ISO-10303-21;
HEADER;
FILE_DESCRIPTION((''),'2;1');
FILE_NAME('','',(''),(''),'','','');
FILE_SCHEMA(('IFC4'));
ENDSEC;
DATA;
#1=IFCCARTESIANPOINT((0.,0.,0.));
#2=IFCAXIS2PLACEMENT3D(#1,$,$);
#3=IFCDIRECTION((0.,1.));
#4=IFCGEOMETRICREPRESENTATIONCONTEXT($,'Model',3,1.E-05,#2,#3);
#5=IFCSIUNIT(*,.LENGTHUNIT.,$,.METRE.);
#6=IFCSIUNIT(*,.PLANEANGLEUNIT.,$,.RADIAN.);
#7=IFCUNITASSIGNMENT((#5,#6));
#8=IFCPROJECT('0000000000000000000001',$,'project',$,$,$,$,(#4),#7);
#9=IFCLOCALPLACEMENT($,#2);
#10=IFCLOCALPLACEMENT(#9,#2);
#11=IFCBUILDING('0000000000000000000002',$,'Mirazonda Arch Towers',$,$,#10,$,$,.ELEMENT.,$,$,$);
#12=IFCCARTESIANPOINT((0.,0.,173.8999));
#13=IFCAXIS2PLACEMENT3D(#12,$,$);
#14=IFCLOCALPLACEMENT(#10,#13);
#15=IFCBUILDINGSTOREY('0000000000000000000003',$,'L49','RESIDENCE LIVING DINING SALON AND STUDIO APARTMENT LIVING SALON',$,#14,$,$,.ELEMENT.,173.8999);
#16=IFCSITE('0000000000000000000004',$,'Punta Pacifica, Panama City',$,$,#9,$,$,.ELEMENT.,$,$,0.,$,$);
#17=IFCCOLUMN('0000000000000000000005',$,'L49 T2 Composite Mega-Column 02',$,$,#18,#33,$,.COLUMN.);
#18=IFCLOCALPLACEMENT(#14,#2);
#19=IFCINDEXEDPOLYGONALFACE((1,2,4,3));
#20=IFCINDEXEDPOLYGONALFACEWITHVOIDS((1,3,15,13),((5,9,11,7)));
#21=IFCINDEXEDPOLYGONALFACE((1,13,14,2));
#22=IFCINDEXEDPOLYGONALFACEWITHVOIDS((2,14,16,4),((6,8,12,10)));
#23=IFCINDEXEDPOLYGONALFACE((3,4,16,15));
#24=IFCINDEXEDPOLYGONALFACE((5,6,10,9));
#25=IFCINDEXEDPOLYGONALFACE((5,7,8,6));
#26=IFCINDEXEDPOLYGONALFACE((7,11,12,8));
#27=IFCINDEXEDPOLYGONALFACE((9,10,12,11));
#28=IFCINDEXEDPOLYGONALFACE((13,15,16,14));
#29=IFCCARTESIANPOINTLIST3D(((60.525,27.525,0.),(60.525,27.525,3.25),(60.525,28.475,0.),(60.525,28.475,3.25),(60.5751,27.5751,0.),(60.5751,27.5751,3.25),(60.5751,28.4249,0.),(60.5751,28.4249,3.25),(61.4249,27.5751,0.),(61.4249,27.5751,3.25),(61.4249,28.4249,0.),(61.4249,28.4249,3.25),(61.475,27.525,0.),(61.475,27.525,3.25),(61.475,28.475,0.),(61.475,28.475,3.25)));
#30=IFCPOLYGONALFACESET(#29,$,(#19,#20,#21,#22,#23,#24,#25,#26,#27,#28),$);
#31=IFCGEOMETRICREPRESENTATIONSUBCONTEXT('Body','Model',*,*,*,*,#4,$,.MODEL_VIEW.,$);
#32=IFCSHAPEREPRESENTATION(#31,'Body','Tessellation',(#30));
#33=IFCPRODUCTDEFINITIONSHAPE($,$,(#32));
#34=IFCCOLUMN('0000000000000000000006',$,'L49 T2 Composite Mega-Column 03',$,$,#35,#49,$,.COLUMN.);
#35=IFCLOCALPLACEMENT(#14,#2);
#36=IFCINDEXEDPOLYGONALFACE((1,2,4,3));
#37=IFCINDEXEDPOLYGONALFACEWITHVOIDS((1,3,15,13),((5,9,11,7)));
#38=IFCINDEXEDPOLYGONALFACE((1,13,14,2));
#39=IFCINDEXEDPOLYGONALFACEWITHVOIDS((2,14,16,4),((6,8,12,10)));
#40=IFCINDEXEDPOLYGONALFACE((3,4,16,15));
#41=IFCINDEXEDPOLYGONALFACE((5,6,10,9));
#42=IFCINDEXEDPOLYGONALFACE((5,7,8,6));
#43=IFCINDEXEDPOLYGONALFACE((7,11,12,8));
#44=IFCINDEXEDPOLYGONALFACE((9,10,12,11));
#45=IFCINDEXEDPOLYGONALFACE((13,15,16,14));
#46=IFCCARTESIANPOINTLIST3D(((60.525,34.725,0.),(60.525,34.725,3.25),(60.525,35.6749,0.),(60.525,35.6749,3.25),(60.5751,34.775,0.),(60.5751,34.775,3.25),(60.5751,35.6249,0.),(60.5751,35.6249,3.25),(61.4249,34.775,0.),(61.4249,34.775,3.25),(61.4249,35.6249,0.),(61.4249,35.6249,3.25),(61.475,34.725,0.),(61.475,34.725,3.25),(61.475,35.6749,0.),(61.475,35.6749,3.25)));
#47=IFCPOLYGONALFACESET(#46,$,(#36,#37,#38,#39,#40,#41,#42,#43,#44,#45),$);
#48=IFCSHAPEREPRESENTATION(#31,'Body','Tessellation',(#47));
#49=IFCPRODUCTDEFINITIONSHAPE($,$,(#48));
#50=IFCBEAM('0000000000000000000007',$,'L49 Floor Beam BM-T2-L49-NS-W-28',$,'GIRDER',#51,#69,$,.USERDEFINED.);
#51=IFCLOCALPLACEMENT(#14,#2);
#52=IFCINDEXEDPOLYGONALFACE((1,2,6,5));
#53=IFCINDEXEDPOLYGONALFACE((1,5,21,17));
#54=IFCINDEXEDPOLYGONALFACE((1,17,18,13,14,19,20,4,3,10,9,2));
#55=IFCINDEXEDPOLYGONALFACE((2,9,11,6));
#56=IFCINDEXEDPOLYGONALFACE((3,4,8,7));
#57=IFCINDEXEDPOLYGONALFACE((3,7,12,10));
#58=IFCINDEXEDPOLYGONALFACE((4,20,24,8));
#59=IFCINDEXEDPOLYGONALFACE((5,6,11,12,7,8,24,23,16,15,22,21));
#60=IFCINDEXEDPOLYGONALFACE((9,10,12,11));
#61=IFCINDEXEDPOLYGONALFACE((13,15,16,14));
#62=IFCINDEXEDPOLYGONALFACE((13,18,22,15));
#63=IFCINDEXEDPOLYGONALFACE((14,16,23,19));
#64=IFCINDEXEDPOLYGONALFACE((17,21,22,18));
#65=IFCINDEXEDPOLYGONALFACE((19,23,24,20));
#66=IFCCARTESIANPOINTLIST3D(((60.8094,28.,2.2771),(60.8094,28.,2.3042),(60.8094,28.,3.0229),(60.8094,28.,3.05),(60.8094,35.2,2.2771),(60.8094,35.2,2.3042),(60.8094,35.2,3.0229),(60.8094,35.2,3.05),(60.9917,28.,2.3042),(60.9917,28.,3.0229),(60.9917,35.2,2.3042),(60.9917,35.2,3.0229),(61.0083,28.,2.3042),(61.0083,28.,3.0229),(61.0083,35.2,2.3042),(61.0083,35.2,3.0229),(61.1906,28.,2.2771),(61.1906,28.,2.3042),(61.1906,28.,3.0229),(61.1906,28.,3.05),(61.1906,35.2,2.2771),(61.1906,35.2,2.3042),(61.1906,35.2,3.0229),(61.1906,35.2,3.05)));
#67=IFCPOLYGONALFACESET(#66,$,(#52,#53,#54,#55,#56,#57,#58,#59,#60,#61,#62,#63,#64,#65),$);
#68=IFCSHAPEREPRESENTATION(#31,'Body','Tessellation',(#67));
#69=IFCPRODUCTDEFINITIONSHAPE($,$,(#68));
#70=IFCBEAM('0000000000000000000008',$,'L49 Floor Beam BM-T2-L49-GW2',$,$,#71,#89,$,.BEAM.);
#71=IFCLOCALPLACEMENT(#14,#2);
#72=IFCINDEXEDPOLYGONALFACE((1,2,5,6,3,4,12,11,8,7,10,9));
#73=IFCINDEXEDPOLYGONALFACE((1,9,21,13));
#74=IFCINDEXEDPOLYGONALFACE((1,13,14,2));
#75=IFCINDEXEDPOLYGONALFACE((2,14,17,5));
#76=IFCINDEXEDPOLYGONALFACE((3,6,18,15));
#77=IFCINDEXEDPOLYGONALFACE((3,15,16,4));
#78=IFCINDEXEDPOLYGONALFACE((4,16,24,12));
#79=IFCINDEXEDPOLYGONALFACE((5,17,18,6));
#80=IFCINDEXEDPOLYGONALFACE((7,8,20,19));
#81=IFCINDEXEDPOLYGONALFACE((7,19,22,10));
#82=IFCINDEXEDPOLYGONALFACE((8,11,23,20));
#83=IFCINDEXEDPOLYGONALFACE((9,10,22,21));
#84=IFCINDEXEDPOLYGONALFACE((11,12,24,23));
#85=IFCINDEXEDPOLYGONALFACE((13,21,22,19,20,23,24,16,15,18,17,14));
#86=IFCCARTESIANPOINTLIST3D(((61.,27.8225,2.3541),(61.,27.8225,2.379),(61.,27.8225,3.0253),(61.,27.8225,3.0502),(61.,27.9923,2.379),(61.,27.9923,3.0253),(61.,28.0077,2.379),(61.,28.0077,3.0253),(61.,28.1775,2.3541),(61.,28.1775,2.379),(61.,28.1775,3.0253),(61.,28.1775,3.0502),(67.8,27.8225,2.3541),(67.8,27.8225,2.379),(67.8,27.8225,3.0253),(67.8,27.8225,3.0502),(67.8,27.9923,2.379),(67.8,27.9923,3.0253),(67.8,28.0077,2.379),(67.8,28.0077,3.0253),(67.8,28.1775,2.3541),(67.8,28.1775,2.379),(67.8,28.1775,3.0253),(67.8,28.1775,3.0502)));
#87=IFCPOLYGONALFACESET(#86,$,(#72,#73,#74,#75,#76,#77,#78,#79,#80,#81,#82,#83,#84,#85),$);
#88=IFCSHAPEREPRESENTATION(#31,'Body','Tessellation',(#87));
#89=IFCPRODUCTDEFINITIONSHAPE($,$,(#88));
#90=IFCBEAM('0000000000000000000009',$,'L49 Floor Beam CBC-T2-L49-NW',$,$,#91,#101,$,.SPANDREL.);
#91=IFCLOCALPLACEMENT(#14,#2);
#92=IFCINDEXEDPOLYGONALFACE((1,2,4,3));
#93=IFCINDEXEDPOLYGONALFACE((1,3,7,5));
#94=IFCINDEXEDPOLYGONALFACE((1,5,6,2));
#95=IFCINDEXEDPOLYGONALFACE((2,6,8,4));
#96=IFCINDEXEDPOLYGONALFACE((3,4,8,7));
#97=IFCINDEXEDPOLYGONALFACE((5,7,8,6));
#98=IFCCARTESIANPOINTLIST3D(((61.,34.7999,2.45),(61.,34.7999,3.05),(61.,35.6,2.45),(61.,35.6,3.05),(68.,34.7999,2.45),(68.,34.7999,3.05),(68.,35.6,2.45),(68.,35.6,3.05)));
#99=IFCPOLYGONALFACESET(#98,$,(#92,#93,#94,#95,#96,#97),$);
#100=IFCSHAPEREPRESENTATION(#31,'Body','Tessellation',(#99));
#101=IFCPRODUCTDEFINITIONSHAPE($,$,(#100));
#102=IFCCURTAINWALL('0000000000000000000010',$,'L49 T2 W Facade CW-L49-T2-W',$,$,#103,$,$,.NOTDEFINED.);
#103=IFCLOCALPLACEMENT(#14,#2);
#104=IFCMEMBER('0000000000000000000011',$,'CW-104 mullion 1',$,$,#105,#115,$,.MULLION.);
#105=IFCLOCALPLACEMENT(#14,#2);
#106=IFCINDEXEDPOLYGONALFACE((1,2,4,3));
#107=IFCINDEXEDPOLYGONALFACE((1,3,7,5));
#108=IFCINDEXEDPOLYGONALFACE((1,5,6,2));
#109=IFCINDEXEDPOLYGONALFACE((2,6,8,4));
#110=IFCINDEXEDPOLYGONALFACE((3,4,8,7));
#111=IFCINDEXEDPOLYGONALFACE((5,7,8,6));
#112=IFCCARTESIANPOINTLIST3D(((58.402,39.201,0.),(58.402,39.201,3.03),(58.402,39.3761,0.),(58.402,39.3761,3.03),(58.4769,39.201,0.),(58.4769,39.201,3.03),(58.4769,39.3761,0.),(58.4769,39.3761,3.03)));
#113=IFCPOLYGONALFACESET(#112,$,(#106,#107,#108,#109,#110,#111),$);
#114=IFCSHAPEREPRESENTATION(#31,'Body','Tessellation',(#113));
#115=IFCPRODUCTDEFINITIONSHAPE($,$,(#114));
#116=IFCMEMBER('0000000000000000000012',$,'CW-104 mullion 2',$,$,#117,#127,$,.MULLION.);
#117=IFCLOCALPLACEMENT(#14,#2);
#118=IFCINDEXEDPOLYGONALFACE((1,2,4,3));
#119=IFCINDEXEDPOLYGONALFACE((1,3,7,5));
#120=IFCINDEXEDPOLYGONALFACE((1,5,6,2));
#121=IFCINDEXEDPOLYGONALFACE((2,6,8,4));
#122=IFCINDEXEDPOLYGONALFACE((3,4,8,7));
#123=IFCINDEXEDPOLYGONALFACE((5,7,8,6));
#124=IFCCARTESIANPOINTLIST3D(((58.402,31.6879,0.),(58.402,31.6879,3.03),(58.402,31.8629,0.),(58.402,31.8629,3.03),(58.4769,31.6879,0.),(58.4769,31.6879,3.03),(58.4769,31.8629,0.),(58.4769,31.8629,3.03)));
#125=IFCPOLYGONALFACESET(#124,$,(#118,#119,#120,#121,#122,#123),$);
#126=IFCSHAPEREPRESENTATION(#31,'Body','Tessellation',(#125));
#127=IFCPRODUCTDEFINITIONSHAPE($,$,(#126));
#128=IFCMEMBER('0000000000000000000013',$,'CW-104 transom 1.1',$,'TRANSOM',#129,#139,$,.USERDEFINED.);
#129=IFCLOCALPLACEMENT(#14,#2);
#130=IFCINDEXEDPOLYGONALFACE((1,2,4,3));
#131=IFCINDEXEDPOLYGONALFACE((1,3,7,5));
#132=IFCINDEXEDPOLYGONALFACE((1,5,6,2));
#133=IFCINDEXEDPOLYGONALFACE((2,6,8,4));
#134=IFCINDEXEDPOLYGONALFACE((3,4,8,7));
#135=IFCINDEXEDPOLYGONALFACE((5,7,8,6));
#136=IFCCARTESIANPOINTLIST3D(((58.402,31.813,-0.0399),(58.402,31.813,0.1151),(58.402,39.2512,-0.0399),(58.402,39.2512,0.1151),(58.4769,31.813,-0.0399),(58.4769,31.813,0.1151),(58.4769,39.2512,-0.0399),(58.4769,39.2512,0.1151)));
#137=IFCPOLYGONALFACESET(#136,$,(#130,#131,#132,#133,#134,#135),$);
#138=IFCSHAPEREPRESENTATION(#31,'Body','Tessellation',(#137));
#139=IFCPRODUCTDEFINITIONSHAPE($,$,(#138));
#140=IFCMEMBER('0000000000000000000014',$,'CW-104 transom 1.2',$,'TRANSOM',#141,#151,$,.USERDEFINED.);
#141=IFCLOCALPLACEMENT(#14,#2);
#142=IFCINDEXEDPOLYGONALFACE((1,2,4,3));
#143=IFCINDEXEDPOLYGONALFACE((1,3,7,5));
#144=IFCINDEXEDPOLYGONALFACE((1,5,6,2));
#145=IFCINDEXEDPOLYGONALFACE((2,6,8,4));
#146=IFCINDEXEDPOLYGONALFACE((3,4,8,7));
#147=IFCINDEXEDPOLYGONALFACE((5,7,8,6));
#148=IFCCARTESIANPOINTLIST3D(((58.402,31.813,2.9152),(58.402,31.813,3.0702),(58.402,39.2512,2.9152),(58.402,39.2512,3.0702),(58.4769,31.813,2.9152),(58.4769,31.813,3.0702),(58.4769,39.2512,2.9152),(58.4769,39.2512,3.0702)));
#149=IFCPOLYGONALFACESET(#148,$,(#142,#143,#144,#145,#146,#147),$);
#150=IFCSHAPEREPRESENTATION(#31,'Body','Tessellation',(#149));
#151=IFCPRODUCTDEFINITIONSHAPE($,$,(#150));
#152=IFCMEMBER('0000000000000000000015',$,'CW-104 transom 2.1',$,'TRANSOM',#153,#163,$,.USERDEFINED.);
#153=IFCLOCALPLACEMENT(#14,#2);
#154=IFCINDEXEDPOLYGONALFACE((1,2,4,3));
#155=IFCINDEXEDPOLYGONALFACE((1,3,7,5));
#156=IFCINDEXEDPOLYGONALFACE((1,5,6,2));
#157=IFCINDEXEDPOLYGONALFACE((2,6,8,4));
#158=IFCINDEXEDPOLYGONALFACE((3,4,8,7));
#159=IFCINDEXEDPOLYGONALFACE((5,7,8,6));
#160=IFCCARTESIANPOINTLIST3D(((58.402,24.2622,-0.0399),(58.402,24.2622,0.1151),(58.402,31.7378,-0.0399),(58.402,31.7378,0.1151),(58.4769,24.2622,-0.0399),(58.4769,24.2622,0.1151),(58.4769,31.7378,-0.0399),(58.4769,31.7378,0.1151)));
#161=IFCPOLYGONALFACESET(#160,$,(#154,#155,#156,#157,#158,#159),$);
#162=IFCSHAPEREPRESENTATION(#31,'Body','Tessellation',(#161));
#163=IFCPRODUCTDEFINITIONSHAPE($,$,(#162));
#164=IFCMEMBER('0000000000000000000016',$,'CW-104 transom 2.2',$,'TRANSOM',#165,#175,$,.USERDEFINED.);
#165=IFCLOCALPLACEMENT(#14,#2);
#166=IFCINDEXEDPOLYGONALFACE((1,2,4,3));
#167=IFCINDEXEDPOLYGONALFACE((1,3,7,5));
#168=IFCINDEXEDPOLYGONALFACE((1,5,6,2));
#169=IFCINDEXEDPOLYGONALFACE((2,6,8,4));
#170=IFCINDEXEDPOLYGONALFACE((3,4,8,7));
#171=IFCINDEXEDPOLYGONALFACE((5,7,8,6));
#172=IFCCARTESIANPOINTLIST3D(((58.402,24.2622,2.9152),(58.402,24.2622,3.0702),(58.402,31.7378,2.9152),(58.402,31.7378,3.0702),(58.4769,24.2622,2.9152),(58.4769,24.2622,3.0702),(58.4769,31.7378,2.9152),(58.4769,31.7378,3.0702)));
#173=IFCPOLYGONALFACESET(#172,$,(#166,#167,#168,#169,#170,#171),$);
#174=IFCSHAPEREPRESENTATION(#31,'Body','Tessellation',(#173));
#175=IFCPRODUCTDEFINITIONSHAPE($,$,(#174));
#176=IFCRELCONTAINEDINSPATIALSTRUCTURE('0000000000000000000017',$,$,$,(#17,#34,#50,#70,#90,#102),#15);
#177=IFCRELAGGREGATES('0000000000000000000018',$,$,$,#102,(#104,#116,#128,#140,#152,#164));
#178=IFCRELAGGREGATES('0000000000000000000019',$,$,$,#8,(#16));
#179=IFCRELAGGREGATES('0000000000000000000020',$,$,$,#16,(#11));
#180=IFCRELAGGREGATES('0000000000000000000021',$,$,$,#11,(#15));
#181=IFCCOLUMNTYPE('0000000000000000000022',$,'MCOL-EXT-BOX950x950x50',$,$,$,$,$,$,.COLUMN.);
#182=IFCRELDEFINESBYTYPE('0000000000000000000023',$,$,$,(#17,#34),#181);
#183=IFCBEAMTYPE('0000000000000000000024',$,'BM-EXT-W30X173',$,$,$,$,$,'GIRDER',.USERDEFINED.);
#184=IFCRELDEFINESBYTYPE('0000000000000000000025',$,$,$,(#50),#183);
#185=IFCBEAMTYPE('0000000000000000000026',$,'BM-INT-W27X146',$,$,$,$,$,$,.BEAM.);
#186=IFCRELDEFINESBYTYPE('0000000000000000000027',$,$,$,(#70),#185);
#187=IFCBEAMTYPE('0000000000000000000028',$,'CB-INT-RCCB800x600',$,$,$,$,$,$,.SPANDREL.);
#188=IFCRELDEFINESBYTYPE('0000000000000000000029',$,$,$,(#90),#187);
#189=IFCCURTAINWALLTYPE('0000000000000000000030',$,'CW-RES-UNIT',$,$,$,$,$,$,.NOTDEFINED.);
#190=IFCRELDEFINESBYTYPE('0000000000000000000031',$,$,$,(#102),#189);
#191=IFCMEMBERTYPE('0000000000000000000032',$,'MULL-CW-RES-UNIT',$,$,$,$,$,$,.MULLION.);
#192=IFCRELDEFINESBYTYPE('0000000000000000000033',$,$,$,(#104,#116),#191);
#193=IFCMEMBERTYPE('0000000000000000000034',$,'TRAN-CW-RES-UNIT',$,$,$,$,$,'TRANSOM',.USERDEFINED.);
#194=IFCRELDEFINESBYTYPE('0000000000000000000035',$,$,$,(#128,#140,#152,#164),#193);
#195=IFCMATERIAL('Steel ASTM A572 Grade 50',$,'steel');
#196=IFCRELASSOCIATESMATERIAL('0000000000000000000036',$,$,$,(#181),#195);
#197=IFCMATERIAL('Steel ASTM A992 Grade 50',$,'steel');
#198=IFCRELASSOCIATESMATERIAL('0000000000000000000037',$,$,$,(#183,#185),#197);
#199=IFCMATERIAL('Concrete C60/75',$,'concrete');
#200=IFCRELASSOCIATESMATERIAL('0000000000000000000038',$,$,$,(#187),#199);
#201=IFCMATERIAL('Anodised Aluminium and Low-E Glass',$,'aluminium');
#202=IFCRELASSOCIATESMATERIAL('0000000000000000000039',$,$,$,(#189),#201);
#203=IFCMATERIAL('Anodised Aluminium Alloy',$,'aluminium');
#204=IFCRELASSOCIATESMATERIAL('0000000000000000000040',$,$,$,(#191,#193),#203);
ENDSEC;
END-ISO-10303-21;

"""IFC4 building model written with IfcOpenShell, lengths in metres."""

from ifc_helpers import new_model, si_unit, direction, frame, origin, origin_2d, place, context, subcontext, project, spatial, rectangle, hollow_rectangle, i_section, extrude, material, material_profile, profile_set, type_object, element, aggregate, save


model = new_model("IFC4")

# Units and contexts
model_context = context("Model", 3, precision=1e-05, world=origin(), true_north=direction((0.0, 1.0)))
body_context = subcontext(model_context, "Body", "Model", "MODEL_VIEW")
ifc_project = project(units=[si_unit("LENGTHUNIT", "METRE"), si_unit("PLANEANGLEUNIT", "RADIAN")], contexts=[model_context])

# Site, building, storey
site_placement = place(None, origin())
site = spatial("IfcSite", under=ifc_project, at=site_placement, Name="Punta Pacifica, Panama City", CompositionType="ELEMENT", RefElevation=0.0)
building_placement = place(site_placement, origin())
building = spatial("IfcBuilding", under=site, at=building_placement, Name="Mirazonda Arch Towers", CompositionType="ELEMENT")
storey_placement = place(building_placement, frame((0.0, 0.0, 173.8999)))
storey = spatial("IfcBuildingStorey", under=building, at=storey_placement, Name="L49", Description="RESIDENCE LIVING DINING SALON AND STUDIO APARTMENT LIVING SALON", CompositionType="ELEMENT", Elevation=173.8999)

# Columns
ifc_material_1 = material(Name="Steel ASTM A572 Grade 50", Category="steel")
ifc_material_profile_1 = material_profile(ifc_material_1, hollow_rectangle(XDim=0.95, YDim=0.95, WallThickness=0.05, at=origin_2d()), Name="BOX950x950x50")
ifc_profile_set_1 = profile_set([ifc_material_profile_1], Name="Steel ASTM A572 Grade 50")
column_type = type_object("IfcColumnType", Name="MCOL-EXT-BOX950x950x50", PredefinedType="COLUMN", material=ifc_profile_set_1)
for number, where, z_axis, x_axis, name in (
    (1, (61.0, 28.0, 0.0), (0.0, 0.0, 1.0), (1.0, 0.0, 0.0), "L49 T2 Composite Mega-Column 02"),
    (2, (61.0, 35.2, 0.0), (0.0, 0.0, 1.0), (1.0, 0.0, 0.0), "L49 T2 Composite Mega-Column 03"),
):
    element("IfcColumn", number, at=place(storey_placement, frame(where, z_axis=z_axis, x_axis=x_axis)), inside=storey, type_object=column_type, Name=name, PredefinedType="COLUMN", context=body_context, shape_type="SweptSolid", body=[
        extrude(hollow_rectangle(XDim=0.95, YDim=0.95, WallThickness=0.05, at=origin_2d()), origin(), (0.0, 0.0, 1.0), 3.25),
    ])

# Beams
ifc_material_2 = material(Name="Steel ASTM A992 Grade 50", Category="steel")
ifc_material_profile_2 = material_profile(ifc_material_2, i_section(OverallWidth=0.3811, OverallDepth=0.7729, WebThickness=0.0166, FlangeThickness=0.0271, at=origin_2d()), Name="W30X173")
ifc_profile_set_2 = profile_set([ifc_material_profile_2], Name="Steel ASTM A992 Grade 50")
beam_type_1 = type_object("IfcBeamType", Name="BM-EXT-W30X173", ElementType="GIRDER", PredefinedType="USERDEFINED", material=ifc_profile_set_2)
beam_1_placement = place(storey_placement, frame((61.0, 28.0, 2.6636), z_axis=(0.0, 1.0, 0.0), x_axis=(-1.0, 0.0, 0.0)))
element("IfcBeam", 3, at=beam_1_placement, inside=storey, type_object=beam_type_1, Name="L49 Floor Beam BM-T2-L49-NS-W-28", ObjectType="GIRDER", PredefinedType="USERDEFINED", context=body_context, shape_type="SweptSolid", body=[
    extrude(i_section(OverallWidth=0.3811, OverallDepth=0.7729, WebThickness=0.0166, FlangeThickness=0.0271, at=origin_2d()), origin(), (0.0, 0.0, 1.0), 7.2),
])
ifc_material_profile_3 = material_profile(ifc_material_2, i_section(OverallWidth=0.355, OverallDepth=0.696, WebThickness=0.0154, FlangeThickness=0.0249, at=origin_2d()), Name="W27X146")
ifc_profile_set_3 = profile_set([ifc_material_profile_3], Name="Steel ASTM A992 Grade 50")
beam_type_2 = type_object("IfcBeamType", Name="BM-INT-W27X146", PredefinedType="BEAM", material=ifc_profile_set_3)
beam_2_placement = place(storey_placement, frame((61.0, 28.0, 2.7021), z_axis=(1.0, 0.0, 0.0), x_axis=(0.0, 1.0, 0.0)))
element("IfcBeam", 4, at=beam_2_placement, inside=storey, type_object=beam_type_2, Name="L49 Floor Beam BM-T2-L49-GW2", PredefinedType="BEAM", context=body_context, shape_type="SweptSolid", body=[
    extrude(i_section(OverallWidth=0.355, OverallDepth=0.696, WebThickness=0.0154, FlangeThickness=0.0249, at=origin_2d()), origin(), (0.0, 0.0, 1.0), 6.8),
])
ifc_material_3 = material(Name="Concrete C60/75", Category="concrete")
ifc_material_profile_4 = material_profile(ifc_material_3, rectangle(XDim=0.8, YDim=0.6001, at=origin_2d()), Name="RCCB800x600")
ifc_profile_set_4 = profile_set([ifc_material_profile_4], Name="Concrete C60/75")
beam_type_3 = type_object("IfcBeamType", Name="CB-INT-RCCB800x600", PredefinedType="SPANDREL", material=ifc_profile_set_4)
beam_3_placement = place(storey_placement, frame((61.0, 35.2, 2.75), z_axis=(1.0, 0.0, 0.0), x_axis=(0.0, 1.0, 0.0)))
element("IfcBeam", 5, at=beam_3_placement, inside=storey, type_object=beam_type_3, Name="L49 Floor Beam CBC-T2-L49-NW", PredefinedType="SPANDREL", context=body_context, shape_type="SweptSolid", body=[
    extrude(rectangle(XDim=0.8, YDim=0.6001, at=origin_2d()), origin(), (0.0, 0.0, 1.0), 7.0),
])

# Curtain wall, members
ifc_material_4 = material(Name="Anodised Aluminium and Low-E Glass", Category="aluminium")
curtain_wall_type = type_object("IfcCurtainWallType", Name="CW-RES-UNIT", PredefinedType="NOTDEFINED", material=ifc_material_4)
curtain_wall_placement = place(storey_placement, origin())
curtain_wall = element("IfcCurtainWall", 6, at=curtain_wall_placement, inside=storey, type_object=curtain_wall_type, Name="L49 T2 W Facade CW-L49-T2-W", PredefinedType="NOTDEFINED")
ifc_material_5 = material(Name="Anodised Aluminium Alloy", Category="aluminium")
ifc_material_profile_5 = material_profile(ifc_material_5, rectangle(XDim=0.075, YDim=0.175, at=origin_2d()), Name="ALU-MULL-75x175")
ifc_profile_set_5 = profile_set([ifc_material_profile_5], Name="Anodised Aluminium Alloy")
member_type_1 = type_object("IfcMemberType", Name="MULL-CW-RES-UNIT", PredefinedType="MULLION", material=ifc_profile_set_5)
member_1_placement = place(storey_placement, frame((58.4395, 39.2886, 0.0), z_axis=(0.0, 0.0, 1.0), x_axis=(1.0, 0.0, 0.0)))
member_1 = element("IfcMember", 7, at=member_1_placement, type_object=member_type_1, Name="CW-104 mullion 1", PredefinedType="MULLION", context=body_context, shape_type="SweptSolid", body=[
    extrude(rectangle(XDim=0.075, YDim=0.175, at=origin_2d()), origin(), (0.0, 0.0, 1.0), 3.03),
])
member_2_placement = place(storey_placement, frame((58.4395, 31.7754, 0.0), z_axis=(0.0, 0.0, 1.0), x_axis=(1.0, 0.0, 0.0)))
member_2 = element("IfcMember", 8, at=member_2_placement, type_object=member_type_1, Name="CW-104 mullion 2", PredefinedType="MULLION", context=body_context, shape_type="SweptSolid", body=[
    extrude(rectangle(XDim=0.075, YDim=0.175, at=origin_2d()), origin(), (0.0, 0.0, 1.0), 3.03),
])
ifc_material_profile_6 = material_profile(ifc_material_5, rectangle(XDim=0.075, YDim=0.155, at=origin_2d()), Name="ALU-TRAN-75x155")
ifc_profile_set_6 = profile_set([ifc_material_profile_6], Name="Anodised Aluminium Alloy")
member_type_2 = type_object("IfcMemberType", Name="TRAN-CW-RES-UNIT", ElementType="TRANSOM", PredefinedType="USERDEFINED", material=ifc_profile_set_6)
member_3_placement = place(storey_placement, frame((58.4395, 39.2512, 0.0376), z_axis=(0.0, -1.0, 0.0), x_axis=(1.0, 0.0, 0.0)))
member_3 = element("IfcMember", 9, at=member_3_placement, type_object=member_type_2, Name="CW-104 transom 1.1", ObjectType="TRANSOM", PredefinedType="USERDEFINED", context=body_context, shape_type="SweptSolid", body=[
    extrude(rectangle(XDim=0.075, YDim=0.155, at=origin_2d()), origin(), (0.0, 0.0, 1.0), 7.4382),
])
member_4_placement = place(storey_placement, frame((58.4395, 39.2512, 2.9927), z_axis=(0.0, -1.0, 0.0), x_axis=(1.0, 0.0, 0.0)))
member_4 = element("IfcMember", 10, at=member_4_placement, type_object=member_type_2, Name="CW-104 transom 1.2", ObjectType="TRANSOM", PredefinedType="USERDEFINED", context=body_context, shape_type="SweptSolid", body=[
    extrude(rectangle(XDim=0.075, YDim=0.155, at=origin_2d()), origin(), (0.0, 0.0, 1.0), 7.4382),
])
member_5_placement = place(storey_placement, frame((58.4395, 31.7378, 0.0376), z_axis=(0.0, -1.0, 0.0), x_axis=(1.0, 0.0, 0.0)))
member_5 = element("IfcMember", 11, at=member_5_placement, type_object=member_type_2, Name="CW-104 transom 2.1", ObjectType="TRANSOM", PredefinedType="USERDEFINED", context=body_context, shape_type="SweptSolid", body=[
    extrude(rectangle(XDim=0.075, YDim=0.155, at=origin_2d()), origin(), (0.0, 0.0, 1.0), 7.4756),
])
member_6_placement = place(storey_placement, frame((58.4395, 31.7378, 2.9927), z_axis=(0.0, -1.0, 0.0), x_axis=(1.0, 0.0, 0.0)))
member_6 = element("IfcMember", 12, at=member_6_placement, type_object=member_type_2, Name="CW-104 transom 2.2", ObjectType="TRANSOM", PredefinedType="USERDEFINED", context=body_context, shape_type="SweptSolid", body=[
    extrude(rectangle(XDim=0.075, YDim=0.155, at=origin_2d()), origin(), (0.0, 0.0, 1.0), 7.4756),
])
aggregate(curtain_wall, [member_1, member_2, member_3, member_4, member_5, member_6])

save(model, "model.ifc")
